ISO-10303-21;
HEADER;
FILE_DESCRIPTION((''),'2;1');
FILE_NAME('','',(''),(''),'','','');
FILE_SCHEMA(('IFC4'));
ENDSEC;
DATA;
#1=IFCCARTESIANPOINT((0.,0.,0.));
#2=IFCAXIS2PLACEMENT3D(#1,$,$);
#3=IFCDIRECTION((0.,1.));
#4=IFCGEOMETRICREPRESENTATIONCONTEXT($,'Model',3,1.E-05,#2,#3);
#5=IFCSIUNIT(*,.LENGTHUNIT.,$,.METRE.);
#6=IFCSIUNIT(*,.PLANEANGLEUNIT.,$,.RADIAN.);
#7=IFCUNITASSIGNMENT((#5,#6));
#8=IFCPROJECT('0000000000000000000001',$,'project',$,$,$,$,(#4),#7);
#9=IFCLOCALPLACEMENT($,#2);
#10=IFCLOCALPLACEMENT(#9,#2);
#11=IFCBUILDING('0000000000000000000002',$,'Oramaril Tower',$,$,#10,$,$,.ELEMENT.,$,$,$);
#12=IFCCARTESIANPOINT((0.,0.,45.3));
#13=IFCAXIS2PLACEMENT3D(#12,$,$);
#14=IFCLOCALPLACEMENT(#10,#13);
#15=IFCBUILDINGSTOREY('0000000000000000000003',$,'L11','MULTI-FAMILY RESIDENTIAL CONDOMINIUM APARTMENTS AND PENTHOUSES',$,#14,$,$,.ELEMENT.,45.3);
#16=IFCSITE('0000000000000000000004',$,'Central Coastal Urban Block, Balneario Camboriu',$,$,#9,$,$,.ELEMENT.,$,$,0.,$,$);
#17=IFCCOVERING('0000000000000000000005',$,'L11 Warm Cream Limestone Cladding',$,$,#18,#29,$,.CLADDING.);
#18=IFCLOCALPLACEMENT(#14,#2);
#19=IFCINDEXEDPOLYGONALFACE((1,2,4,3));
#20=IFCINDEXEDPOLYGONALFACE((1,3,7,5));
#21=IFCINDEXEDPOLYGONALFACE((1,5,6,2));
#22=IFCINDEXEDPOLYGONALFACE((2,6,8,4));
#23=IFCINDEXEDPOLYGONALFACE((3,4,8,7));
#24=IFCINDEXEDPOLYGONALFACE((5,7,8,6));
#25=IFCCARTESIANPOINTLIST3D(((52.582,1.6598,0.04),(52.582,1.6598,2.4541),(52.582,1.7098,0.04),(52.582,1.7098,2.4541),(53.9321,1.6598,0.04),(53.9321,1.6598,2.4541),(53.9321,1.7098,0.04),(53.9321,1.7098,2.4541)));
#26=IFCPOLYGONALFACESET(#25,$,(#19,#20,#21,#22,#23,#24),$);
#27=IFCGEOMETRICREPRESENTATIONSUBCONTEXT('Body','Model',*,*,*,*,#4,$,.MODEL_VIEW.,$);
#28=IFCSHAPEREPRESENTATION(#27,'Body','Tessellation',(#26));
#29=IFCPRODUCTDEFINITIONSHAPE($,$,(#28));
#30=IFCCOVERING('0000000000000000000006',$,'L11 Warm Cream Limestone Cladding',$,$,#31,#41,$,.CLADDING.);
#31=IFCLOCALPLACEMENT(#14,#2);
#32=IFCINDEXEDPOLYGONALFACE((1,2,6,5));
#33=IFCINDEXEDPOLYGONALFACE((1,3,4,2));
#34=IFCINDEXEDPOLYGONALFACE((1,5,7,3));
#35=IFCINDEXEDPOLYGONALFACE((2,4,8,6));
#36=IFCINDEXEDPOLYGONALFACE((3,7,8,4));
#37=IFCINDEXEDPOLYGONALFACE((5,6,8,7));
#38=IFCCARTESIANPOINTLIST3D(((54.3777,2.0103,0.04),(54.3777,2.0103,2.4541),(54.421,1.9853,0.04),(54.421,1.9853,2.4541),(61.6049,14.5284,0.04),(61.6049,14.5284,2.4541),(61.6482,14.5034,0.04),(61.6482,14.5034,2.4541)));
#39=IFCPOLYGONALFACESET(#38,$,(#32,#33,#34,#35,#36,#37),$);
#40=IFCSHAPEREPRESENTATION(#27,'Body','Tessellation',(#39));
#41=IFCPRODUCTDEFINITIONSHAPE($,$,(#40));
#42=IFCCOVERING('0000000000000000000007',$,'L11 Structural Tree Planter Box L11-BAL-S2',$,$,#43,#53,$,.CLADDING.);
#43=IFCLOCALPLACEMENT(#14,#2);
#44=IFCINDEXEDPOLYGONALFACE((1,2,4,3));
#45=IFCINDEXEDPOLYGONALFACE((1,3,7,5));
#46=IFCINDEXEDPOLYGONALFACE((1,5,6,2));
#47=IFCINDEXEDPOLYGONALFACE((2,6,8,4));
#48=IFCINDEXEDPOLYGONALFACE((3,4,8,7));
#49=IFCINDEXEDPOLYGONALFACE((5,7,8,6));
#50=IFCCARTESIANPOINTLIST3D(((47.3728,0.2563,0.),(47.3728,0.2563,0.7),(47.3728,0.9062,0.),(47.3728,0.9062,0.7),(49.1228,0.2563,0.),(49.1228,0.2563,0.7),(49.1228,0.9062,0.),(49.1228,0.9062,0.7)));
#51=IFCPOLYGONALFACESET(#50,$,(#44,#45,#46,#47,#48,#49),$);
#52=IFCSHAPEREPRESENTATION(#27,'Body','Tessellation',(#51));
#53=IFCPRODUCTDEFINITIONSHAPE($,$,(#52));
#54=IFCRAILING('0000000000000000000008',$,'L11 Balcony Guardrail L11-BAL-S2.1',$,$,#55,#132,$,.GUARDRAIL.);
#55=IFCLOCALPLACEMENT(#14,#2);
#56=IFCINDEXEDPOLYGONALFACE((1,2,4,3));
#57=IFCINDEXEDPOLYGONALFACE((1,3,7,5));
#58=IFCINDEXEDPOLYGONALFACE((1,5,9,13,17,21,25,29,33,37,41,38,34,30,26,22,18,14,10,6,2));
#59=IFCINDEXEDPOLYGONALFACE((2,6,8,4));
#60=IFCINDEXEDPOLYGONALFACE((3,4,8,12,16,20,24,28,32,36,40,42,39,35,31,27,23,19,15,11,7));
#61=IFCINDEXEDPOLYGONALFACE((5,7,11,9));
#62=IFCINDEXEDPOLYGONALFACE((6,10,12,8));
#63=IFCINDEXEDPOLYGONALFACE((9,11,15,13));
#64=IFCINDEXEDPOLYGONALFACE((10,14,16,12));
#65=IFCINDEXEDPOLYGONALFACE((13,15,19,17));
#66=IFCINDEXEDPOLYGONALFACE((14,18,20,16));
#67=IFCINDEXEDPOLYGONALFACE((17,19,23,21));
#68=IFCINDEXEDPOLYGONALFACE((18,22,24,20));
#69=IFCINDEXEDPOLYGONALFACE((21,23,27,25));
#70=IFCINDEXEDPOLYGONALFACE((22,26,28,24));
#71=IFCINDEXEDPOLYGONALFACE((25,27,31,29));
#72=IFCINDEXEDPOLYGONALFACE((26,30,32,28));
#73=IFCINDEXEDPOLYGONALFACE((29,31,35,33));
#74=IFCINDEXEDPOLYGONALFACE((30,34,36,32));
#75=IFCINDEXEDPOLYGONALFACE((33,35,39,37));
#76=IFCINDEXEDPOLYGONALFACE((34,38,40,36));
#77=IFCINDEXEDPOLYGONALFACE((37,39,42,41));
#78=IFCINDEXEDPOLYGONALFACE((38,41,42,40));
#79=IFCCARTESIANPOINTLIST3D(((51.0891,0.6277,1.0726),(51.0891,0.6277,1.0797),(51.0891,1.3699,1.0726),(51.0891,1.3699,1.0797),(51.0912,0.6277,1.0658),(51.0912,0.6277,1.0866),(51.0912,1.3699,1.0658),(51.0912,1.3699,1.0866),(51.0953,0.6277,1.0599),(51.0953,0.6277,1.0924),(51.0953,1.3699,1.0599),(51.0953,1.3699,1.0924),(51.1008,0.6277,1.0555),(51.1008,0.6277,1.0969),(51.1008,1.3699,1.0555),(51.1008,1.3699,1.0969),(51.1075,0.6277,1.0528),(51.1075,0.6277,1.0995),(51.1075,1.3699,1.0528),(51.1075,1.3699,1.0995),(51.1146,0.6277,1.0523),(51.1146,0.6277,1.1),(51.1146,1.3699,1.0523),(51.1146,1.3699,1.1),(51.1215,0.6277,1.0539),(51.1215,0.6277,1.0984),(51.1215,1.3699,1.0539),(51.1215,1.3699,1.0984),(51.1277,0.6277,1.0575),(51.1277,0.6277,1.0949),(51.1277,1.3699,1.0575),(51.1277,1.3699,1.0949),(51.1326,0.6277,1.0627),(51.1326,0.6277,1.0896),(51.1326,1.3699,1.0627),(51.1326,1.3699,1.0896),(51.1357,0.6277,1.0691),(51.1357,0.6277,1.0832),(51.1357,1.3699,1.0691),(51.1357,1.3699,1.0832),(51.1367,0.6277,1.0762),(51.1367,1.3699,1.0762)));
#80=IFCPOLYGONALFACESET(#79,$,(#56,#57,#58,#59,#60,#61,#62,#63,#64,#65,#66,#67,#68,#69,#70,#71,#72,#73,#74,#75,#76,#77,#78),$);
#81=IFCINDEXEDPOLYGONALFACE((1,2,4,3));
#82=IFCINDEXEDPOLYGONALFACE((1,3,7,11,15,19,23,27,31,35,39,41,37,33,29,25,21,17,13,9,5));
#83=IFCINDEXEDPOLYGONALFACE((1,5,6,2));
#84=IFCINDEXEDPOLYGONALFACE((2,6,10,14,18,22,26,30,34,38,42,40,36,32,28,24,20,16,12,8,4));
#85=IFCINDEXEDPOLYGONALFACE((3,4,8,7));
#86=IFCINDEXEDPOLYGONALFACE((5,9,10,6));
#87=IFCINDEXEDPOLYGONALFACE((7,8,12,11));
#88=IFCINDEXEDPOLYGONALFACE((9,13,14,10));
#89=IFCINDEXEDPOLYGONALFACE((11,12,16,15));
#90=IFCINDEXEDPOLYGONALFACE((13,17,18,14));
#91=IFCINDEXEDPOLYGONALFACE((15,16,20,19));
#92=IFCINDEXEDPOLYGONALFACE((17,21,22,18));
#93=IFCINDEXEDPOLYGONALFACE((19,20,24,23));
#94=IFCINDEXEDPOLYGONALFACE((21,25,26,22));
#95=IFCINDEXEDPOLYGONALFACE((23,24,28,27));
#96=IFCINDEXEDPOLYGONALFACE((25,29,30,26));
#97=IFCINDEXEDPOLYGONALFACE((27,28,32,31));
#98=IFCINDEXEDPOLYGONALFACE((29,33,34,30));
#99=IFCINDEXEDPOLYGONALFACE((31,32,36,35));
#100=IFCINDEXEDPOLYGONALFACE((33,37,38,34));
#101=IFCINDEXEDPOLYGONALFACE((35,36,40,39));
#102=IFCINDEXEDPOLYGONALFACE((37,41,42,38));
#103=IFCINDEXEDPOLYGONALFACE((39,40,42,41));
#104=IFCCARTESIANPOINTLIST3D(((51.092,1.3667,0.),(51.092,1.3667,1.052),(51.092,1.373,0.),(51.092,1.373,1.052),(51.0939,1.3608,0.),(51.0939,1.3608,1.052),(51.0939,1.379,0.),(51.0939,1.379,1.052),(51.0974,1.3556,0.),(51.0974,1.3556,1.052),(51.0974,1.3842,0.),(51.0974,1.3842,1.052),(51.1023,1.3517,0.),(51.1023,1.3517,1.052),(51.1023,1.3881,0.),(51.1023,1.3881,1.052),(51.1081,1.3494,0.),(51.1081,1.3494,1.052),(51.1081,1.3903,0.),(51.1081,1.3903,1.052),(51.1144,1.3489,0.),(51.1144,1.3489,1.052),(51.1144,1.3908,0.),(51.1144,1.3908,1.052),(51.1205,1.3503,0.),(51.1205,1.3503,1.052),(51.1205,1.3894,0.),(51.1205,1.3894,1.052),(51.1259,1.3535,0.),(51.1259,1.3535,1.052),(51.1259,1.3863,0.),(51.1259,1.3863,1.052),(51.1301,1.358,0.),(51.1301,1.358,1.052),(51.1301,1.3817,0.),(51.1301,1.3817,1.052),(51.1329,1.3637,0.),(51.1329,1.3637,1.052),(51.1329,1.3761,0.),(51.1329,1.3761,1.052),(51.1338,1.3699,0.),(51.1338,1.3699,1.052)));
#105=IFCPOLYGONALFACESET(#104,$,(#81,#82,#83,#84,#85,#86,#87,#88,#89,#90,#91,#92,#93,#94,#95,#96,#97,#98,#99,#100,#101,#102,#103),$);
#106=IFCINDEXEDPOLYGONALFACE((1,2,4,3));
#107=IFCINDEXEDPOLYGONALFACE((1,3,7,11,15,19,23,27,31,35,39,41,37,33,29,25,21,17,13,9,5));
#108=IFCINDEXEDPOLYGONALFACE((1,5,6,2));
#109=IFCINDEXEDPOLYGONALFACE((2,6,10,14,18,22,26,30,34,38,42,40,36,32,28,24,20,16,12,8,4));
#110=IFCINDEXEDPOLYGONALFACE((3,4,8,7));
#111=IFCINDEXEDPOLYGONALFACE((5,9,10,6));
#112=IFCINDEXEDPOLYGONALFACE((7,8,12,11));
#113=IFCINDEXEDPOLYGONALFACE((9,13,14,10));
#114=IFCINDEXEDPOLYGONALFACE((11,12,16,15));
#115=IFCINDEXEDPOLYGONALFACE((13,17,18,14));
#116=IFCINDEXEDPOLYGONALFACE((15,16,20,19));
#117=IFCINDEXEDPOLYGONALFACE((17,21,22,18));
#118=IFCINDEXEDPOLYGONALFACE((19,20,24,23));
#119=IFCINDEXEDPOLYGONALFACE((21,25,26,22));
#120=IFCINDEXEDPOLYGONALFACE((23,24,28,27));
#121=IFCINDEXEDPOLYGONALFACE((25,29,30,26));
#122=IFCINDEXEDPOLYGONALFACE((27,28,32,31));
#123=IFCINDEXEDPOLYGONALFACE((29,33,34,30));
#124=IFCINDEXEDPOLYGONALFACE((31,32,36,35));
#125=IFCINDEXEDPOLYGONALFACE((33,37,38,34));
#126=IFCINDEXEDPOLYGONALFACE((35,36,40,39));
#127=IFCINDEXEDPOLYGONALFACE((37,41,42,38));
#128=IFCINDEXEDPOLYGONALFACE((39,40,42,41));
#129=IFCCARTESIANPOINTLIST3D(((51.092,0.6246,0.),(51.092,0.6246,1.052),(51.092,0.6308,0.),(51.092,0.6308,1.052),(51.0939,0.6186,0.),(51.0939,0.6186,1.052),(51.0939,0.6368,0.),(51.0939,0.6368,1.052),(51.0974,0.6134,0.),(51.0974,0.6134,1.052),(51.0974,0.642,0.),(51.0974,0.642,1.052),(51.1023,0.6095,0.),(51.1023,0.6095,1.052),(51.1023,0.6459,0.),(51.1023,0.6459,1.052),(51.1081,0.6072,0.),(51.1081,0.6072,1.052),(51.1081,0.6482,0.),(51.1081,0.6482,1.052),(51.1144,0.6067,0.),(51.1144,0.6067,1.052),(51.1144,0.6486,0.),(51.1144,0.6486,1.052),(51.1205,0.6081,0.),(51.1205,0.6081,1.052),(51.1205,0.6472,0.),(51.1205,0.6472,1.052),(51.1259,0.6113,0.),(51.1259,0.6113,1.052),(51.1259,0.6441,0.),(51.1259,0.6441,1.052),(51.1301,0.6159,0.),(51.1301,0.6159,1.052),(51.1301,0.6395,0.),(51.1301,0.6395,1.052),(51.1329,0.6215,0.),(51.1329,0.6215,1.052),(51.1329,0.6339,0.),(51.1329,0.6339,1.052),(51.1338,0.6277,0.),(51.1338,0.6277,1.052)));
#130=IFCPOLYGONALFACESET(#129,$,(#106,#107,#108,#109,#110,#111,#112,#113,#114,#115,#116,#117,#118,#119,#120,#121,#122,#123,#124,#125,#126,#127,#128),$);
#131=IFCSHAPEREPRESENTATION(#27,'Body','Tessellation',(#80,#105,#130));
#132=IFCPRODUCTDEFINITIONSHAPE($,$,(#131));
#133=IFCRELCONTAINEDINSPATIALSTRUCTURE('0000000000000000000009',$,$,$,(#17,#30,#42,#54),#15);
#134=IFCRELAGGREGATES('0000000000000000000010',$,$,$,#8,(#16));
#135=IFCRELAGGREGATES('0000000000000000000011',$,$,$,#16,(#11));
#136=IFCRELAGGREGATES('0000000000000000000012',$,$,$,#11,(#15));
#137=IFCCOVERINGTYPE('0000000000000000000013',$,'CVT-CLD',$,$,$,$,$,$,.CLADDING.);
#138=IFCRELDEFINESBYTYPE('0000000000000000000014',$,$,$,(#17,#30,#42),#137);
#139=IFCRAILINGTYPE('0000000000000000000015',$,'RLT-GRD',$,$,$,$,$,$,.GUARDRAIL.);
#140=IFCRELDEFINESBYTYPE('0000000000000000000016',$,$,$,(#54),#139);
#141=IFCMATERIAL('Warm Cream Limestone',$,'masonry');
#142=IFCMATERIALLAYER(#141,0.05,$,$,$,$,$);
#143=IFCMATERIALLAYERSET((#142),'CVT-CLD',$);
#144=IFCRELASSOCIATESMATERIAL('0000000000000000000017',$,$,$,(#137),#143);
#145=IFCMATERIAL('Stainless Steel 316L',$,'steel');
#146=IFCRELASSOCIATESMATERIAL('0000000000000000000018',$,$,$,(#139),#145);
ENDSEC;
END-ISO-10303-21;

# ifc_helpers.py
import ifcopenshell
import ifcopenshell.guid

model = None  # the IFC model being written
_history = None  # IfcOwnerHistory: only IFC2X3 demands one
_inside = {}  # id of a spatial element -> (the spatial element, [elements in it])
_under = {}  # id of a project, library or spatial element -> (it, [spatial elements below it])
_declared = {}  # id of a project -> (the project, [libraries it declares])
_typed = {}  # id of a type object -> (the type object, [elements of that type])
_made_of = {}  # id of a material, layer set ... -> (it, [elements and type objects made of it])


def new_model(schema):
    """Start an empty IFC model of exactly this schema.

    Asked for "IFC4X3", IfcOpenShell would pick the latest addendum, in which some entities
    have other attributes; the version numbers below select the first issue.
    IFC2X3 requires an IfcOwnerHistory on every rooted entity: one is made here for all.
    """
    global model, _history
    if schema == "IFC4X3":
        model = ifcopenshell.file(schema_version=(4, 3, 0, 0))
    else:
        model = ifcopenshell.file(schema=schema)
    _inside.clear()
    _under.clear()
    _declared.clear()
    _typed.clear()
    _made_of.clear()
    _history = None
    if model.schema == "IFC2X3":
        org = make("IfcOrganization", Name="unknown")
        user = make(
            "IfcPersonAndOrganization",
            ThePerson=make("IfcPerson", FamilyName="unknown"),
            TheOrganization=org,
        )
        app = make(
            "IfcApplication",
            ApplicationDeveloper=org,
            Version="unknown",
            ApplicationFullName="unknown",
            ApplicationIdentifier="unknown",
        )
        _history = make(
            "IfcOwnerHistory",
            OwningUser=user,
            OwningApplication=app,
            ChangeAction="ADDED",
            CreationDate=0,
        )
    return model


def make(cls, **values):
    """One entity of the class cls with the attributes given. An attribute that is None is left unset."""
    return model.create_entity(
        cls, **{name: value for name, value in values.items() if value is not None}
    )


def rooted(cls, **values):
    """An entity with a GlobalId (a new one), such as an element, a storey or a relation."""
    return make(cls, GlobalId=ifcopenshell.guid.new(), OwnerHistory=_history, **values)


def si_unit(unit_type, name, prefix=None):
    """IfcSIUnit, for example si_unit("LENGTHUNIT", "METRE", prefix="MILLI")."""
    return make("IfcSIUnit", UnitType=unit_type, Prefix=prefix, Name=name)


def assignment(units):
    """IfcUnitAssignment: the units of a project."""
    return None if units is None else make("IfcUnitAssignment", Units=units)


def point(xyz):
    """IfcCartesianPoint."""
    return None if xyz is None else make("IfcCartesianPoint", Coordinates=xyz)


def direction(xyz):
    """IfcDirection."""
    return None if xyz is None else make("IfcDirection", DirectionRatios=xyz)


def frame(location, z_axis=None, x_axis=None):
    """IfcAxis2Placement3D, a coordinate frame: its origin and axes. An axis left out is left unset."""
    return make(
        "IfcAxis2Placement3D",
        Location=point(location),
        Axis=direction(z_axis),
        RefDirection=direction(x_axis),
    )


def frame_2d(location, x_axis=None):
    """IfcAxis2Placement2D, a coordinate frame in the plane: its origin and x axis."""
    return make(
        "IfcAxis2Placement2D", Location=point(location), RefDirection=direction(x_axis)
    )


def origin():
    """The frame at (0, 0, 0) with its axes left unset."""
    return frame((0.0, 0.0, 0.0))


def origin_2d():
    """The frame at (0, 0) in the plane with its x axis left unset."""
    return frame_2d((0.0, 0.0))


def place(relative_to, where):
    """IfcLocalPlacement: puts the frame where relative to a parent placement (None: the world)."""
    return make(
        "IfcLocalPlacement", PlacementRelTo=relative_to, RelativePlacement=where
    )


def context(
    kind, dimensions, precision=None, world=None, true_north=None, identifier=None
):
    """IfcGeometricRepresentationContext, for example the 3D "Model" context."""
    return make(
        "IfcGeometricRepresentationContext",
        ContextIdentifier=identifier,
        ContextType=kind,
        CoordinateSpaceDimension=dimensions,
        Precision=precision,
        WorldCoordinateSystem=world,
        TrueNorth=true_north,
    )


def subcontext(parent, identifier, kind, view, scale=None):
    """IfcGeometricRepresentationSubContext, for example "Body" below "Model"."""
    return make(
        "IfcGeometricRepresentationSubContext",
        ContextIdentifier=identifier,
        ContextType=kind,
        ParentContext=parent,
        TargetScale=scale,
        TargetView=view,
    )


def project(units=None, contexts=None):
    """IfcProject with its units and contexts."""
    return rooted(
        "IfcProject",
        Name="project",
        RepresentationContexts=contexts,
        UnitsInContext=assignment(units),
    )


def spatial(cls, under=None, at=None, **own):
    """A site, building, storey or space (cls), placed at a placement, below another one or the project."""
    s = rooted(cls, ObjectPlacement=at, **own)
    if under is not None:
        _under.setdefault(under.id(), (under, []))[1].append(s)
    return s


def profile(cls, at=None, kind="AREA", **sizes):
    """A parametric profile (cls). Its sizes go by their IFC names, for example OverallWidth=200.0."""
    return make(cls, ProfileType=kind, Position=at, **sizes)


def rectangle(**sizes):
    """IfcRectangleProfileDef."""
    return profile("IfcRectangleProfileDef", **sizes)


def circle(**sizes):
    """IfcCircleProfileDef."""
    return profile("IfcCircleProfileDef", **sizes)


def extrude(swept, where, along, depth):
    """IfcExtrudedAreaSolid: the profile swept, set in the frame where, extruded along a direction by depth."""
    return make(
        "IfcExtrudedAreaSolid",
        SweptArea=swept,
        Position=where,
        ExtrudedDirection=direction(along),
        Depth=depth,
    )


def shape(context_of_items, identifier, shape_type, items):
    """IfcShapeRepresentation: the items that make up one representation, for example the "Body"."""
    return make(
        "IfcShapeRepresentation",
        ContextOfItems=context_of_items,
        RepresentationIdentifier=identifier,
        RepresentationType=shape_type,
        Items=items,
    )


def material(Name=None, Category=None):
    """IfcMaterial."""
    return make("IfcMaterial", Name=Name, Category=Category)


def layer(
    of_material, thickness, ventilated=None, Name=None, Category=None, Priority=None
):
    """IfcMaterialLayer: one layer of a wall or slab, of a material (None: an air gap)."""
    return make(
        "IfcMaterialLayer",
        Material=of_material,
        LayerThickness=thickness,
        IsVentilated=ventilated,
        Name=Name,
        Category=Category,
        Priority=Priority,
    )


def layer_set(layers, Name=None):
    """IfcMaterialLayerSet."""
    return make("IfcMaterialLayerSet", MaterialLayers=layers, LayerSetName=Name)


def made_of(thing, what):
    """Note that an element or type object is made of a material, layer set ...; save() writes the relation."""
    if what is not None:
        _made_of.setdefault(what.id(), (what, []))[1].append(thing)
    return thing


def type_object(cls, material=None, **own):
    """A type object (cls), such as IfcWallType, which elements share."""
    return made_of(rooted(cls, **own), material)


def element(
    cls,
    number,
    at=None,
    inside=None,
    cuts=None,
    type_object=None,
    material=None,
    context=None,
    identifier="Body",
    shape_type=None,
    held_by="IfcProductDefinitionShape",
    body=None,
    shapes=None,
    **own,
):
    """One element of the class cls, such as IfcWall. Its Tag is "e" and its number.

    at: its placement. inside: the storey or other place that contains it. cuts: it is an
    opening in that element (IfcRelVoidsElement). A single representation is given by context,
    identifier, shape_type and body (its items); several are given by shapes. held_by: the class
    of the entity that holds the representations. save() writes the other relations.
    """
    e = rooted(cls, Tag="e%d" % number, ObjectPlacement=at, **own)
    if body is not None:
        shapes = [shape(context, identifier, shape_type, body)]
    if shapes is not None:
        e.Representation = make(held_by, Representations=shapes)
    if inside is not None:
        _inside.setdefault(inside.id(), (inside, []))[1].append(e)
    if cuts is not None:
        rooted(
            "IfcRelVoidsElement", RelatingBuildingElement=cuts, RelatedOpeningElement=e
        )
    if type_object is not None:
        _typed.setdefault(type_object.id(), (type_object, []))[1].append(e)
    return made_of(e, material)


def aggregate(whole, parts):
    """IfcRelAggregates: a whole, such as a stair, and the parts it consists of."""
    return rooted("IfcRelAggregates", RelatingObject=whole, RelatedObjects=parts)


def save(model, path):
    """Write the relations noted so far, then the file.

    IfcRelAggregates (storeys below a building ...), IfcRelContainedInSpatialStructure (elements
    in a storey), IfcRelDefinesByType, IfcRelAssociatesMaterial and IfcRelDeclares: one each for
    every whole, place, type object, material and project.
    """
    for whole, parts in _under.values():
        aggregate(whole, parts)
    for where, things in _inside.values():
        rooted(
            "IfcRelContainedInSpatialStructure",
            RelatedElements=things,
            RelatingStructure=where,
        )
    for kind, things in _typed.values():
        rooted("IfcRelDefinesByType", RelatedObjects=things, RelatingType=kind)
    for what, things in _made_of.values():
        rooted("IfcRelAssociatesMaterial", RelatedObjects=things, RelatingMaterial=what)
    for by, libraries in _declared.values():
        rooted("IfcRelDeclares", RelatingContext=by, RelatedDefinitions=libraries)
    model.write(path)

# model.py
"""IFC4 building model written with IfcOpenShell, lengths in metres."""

from ifc_helpers import new_model, si_unit, direction, frame, origin, origin_2d, place, context, subcontext, project, spatial, rectangle, circle, extrude, material, layer, layer_set, type_object, element, save


model = new_model("IFC4")

# Units and contexts
model_context = context("Model", 3, precision=1e-05, world=origin(), true_north=direction((0.0, 1.0)))
body_context = subcontext(model_context, "Body", "Model", "MODEL_VIEW")
ifc_project = project(units=[si_unit("LENGTHUNIT", "METRE"), si_unit("PLANEANGLEUNIT", "RADIAN")], contexts=[model_context])

# Site, building, storey
site_placement = place(None, origin())
site = spatial("IfcSite", under=ifc_project, at=site_placement, Name="Central Coastal Urban Block, Balneario Camboriu", CompositionType="ELEMENT", RefElevation=0.0)
building_placement = place(site_placement, origin())
building = spatial("IfcBuilding", under=site, at=building_placement, Name="Oramaril Tower", CompositionType="ELEMENT")
storey_placement = place(building_placement, frame((0.0, 0.0, 45.3)))
storey = spatial("IfcBuildingStorey", under=building, at=storey_placement, Name="L11", Description="MULTI-FAMILY RESIDENTIAL CONDOMINIUM APARTMENTS AND PENTHOUSES", CompositionType="ELEMENT", Elevation=45.3)

# Coverings
ifc_material_1 = material(Name="Warm Cream Limestone", Category="masonry")
ifc_layer_1 = layer(ifc_material_1, 0.05)
ifc_layer_set_1 = layer_set([ifc_layer_1], Name="CVT-CLD")
covering_type = type_object("IfcCoveringType", Name="CVT-CLD", PredefinedType="CLADDING", material=ifc_layer_set_1)
covering_1_placement = place(storey_placement, frame((53.2571, 1.6848, 0.04), z_axis=(0.0, 0.0, 1.0), x_axis=(1.0, 0.0, 0.0)))
element("IfcCovering", 1, at=covering_1_placement, inside=storey, type_object=covering_type, Name="L11 Warm Cream Limestone Cladding", PredefinedType="CLADDING", context=body_context, shape_type="SweptSolid", body=[
    extrude(rectangle(XDim=1.3501, YDim=0.05, at=origin_2d()), origin(), (0.0, 0.0, 1.0), 2.4141),
])
covering_2_placement = place(storey_placement, frame((58.0129, 8.2568, 0.04), z_axis=(0.0, 0.0, 1.0), x_axis=(0.499995, 0.866028, 0.0)))
element("IfcCovering", 2, at=covering_2_placement, inside=storey, type_object=covering_type, Name="L11 Warm Cream Limestone Cladding", PredefinedType="CLADDING", context=body_context, shape_type="SweptSolid", body=[
    extrude(rectangle(XDim=14.4546, YDim=0.05, at=origin_2d()), origin(), (0.0, 0.0, 1.0), 2.4141),
])
covering_3_placement = place(storey_placement, frame((48.2478, 0.5813, 0.0), z_axis=(0.0, 0.0, 1.0), x_axis=(1.0, 0.0, 0.0)))
element("IfcCovering", 3, at=covering_3_placement, inside=storey, type_object=covering_type, Name="L11 Structural Tree Planter Box L11-BAL-S2", PredefinedType="CLADDING", context=body_context, shape_type="SweptSolid", body=[
    extrude(rectangle(XDim=1.75, YDim=0.6499, at=origin_2d()), origin(), (0.0, 0.0, 1.0), 0.7),
])

# Railing
ifc_material_2 = material(Name="Stainless Steel 316L", Category="steel")
railing_type = type_object("IfcRailingType", Name="RLT-GRD", PredefinedType="GUARDRAIL", material=ifc_material_2)
railing_1_placement = place(storey_placement, frame((51.1128, 1.3699, 0.0)))
element("IfcRailing", 4, at=railing_1_placement, inside=storey, type_object=railing_type, Name="L11 Balcony Guardrail L11-BAL-S2.1", PredefinedType="GUARDRAIL", context=body_context, shape_type="SweptSolid", body=[
    extrude(circle(Radius=0.0239, at=origin_2d()), frame((0.0, 0.0, 1.0762), z_axis=(0.0, -1.0, 0.0), x_axis=(1.0, 0.0, 0.0)), (0.0, 0.0, 1.0), 0.7422),
    extrude(circle(Radius=0.021, at=origin_2d()), origin(), (0.0, 0.0, 1.0), 1.052),
    extrude(circle(Radius=0.021, at=origin_2d()), frame((0.0, -0.7422, 0.0)), (0.0, 0.0, 1.0), 1.052),
])

save(model, "model.ifc")
